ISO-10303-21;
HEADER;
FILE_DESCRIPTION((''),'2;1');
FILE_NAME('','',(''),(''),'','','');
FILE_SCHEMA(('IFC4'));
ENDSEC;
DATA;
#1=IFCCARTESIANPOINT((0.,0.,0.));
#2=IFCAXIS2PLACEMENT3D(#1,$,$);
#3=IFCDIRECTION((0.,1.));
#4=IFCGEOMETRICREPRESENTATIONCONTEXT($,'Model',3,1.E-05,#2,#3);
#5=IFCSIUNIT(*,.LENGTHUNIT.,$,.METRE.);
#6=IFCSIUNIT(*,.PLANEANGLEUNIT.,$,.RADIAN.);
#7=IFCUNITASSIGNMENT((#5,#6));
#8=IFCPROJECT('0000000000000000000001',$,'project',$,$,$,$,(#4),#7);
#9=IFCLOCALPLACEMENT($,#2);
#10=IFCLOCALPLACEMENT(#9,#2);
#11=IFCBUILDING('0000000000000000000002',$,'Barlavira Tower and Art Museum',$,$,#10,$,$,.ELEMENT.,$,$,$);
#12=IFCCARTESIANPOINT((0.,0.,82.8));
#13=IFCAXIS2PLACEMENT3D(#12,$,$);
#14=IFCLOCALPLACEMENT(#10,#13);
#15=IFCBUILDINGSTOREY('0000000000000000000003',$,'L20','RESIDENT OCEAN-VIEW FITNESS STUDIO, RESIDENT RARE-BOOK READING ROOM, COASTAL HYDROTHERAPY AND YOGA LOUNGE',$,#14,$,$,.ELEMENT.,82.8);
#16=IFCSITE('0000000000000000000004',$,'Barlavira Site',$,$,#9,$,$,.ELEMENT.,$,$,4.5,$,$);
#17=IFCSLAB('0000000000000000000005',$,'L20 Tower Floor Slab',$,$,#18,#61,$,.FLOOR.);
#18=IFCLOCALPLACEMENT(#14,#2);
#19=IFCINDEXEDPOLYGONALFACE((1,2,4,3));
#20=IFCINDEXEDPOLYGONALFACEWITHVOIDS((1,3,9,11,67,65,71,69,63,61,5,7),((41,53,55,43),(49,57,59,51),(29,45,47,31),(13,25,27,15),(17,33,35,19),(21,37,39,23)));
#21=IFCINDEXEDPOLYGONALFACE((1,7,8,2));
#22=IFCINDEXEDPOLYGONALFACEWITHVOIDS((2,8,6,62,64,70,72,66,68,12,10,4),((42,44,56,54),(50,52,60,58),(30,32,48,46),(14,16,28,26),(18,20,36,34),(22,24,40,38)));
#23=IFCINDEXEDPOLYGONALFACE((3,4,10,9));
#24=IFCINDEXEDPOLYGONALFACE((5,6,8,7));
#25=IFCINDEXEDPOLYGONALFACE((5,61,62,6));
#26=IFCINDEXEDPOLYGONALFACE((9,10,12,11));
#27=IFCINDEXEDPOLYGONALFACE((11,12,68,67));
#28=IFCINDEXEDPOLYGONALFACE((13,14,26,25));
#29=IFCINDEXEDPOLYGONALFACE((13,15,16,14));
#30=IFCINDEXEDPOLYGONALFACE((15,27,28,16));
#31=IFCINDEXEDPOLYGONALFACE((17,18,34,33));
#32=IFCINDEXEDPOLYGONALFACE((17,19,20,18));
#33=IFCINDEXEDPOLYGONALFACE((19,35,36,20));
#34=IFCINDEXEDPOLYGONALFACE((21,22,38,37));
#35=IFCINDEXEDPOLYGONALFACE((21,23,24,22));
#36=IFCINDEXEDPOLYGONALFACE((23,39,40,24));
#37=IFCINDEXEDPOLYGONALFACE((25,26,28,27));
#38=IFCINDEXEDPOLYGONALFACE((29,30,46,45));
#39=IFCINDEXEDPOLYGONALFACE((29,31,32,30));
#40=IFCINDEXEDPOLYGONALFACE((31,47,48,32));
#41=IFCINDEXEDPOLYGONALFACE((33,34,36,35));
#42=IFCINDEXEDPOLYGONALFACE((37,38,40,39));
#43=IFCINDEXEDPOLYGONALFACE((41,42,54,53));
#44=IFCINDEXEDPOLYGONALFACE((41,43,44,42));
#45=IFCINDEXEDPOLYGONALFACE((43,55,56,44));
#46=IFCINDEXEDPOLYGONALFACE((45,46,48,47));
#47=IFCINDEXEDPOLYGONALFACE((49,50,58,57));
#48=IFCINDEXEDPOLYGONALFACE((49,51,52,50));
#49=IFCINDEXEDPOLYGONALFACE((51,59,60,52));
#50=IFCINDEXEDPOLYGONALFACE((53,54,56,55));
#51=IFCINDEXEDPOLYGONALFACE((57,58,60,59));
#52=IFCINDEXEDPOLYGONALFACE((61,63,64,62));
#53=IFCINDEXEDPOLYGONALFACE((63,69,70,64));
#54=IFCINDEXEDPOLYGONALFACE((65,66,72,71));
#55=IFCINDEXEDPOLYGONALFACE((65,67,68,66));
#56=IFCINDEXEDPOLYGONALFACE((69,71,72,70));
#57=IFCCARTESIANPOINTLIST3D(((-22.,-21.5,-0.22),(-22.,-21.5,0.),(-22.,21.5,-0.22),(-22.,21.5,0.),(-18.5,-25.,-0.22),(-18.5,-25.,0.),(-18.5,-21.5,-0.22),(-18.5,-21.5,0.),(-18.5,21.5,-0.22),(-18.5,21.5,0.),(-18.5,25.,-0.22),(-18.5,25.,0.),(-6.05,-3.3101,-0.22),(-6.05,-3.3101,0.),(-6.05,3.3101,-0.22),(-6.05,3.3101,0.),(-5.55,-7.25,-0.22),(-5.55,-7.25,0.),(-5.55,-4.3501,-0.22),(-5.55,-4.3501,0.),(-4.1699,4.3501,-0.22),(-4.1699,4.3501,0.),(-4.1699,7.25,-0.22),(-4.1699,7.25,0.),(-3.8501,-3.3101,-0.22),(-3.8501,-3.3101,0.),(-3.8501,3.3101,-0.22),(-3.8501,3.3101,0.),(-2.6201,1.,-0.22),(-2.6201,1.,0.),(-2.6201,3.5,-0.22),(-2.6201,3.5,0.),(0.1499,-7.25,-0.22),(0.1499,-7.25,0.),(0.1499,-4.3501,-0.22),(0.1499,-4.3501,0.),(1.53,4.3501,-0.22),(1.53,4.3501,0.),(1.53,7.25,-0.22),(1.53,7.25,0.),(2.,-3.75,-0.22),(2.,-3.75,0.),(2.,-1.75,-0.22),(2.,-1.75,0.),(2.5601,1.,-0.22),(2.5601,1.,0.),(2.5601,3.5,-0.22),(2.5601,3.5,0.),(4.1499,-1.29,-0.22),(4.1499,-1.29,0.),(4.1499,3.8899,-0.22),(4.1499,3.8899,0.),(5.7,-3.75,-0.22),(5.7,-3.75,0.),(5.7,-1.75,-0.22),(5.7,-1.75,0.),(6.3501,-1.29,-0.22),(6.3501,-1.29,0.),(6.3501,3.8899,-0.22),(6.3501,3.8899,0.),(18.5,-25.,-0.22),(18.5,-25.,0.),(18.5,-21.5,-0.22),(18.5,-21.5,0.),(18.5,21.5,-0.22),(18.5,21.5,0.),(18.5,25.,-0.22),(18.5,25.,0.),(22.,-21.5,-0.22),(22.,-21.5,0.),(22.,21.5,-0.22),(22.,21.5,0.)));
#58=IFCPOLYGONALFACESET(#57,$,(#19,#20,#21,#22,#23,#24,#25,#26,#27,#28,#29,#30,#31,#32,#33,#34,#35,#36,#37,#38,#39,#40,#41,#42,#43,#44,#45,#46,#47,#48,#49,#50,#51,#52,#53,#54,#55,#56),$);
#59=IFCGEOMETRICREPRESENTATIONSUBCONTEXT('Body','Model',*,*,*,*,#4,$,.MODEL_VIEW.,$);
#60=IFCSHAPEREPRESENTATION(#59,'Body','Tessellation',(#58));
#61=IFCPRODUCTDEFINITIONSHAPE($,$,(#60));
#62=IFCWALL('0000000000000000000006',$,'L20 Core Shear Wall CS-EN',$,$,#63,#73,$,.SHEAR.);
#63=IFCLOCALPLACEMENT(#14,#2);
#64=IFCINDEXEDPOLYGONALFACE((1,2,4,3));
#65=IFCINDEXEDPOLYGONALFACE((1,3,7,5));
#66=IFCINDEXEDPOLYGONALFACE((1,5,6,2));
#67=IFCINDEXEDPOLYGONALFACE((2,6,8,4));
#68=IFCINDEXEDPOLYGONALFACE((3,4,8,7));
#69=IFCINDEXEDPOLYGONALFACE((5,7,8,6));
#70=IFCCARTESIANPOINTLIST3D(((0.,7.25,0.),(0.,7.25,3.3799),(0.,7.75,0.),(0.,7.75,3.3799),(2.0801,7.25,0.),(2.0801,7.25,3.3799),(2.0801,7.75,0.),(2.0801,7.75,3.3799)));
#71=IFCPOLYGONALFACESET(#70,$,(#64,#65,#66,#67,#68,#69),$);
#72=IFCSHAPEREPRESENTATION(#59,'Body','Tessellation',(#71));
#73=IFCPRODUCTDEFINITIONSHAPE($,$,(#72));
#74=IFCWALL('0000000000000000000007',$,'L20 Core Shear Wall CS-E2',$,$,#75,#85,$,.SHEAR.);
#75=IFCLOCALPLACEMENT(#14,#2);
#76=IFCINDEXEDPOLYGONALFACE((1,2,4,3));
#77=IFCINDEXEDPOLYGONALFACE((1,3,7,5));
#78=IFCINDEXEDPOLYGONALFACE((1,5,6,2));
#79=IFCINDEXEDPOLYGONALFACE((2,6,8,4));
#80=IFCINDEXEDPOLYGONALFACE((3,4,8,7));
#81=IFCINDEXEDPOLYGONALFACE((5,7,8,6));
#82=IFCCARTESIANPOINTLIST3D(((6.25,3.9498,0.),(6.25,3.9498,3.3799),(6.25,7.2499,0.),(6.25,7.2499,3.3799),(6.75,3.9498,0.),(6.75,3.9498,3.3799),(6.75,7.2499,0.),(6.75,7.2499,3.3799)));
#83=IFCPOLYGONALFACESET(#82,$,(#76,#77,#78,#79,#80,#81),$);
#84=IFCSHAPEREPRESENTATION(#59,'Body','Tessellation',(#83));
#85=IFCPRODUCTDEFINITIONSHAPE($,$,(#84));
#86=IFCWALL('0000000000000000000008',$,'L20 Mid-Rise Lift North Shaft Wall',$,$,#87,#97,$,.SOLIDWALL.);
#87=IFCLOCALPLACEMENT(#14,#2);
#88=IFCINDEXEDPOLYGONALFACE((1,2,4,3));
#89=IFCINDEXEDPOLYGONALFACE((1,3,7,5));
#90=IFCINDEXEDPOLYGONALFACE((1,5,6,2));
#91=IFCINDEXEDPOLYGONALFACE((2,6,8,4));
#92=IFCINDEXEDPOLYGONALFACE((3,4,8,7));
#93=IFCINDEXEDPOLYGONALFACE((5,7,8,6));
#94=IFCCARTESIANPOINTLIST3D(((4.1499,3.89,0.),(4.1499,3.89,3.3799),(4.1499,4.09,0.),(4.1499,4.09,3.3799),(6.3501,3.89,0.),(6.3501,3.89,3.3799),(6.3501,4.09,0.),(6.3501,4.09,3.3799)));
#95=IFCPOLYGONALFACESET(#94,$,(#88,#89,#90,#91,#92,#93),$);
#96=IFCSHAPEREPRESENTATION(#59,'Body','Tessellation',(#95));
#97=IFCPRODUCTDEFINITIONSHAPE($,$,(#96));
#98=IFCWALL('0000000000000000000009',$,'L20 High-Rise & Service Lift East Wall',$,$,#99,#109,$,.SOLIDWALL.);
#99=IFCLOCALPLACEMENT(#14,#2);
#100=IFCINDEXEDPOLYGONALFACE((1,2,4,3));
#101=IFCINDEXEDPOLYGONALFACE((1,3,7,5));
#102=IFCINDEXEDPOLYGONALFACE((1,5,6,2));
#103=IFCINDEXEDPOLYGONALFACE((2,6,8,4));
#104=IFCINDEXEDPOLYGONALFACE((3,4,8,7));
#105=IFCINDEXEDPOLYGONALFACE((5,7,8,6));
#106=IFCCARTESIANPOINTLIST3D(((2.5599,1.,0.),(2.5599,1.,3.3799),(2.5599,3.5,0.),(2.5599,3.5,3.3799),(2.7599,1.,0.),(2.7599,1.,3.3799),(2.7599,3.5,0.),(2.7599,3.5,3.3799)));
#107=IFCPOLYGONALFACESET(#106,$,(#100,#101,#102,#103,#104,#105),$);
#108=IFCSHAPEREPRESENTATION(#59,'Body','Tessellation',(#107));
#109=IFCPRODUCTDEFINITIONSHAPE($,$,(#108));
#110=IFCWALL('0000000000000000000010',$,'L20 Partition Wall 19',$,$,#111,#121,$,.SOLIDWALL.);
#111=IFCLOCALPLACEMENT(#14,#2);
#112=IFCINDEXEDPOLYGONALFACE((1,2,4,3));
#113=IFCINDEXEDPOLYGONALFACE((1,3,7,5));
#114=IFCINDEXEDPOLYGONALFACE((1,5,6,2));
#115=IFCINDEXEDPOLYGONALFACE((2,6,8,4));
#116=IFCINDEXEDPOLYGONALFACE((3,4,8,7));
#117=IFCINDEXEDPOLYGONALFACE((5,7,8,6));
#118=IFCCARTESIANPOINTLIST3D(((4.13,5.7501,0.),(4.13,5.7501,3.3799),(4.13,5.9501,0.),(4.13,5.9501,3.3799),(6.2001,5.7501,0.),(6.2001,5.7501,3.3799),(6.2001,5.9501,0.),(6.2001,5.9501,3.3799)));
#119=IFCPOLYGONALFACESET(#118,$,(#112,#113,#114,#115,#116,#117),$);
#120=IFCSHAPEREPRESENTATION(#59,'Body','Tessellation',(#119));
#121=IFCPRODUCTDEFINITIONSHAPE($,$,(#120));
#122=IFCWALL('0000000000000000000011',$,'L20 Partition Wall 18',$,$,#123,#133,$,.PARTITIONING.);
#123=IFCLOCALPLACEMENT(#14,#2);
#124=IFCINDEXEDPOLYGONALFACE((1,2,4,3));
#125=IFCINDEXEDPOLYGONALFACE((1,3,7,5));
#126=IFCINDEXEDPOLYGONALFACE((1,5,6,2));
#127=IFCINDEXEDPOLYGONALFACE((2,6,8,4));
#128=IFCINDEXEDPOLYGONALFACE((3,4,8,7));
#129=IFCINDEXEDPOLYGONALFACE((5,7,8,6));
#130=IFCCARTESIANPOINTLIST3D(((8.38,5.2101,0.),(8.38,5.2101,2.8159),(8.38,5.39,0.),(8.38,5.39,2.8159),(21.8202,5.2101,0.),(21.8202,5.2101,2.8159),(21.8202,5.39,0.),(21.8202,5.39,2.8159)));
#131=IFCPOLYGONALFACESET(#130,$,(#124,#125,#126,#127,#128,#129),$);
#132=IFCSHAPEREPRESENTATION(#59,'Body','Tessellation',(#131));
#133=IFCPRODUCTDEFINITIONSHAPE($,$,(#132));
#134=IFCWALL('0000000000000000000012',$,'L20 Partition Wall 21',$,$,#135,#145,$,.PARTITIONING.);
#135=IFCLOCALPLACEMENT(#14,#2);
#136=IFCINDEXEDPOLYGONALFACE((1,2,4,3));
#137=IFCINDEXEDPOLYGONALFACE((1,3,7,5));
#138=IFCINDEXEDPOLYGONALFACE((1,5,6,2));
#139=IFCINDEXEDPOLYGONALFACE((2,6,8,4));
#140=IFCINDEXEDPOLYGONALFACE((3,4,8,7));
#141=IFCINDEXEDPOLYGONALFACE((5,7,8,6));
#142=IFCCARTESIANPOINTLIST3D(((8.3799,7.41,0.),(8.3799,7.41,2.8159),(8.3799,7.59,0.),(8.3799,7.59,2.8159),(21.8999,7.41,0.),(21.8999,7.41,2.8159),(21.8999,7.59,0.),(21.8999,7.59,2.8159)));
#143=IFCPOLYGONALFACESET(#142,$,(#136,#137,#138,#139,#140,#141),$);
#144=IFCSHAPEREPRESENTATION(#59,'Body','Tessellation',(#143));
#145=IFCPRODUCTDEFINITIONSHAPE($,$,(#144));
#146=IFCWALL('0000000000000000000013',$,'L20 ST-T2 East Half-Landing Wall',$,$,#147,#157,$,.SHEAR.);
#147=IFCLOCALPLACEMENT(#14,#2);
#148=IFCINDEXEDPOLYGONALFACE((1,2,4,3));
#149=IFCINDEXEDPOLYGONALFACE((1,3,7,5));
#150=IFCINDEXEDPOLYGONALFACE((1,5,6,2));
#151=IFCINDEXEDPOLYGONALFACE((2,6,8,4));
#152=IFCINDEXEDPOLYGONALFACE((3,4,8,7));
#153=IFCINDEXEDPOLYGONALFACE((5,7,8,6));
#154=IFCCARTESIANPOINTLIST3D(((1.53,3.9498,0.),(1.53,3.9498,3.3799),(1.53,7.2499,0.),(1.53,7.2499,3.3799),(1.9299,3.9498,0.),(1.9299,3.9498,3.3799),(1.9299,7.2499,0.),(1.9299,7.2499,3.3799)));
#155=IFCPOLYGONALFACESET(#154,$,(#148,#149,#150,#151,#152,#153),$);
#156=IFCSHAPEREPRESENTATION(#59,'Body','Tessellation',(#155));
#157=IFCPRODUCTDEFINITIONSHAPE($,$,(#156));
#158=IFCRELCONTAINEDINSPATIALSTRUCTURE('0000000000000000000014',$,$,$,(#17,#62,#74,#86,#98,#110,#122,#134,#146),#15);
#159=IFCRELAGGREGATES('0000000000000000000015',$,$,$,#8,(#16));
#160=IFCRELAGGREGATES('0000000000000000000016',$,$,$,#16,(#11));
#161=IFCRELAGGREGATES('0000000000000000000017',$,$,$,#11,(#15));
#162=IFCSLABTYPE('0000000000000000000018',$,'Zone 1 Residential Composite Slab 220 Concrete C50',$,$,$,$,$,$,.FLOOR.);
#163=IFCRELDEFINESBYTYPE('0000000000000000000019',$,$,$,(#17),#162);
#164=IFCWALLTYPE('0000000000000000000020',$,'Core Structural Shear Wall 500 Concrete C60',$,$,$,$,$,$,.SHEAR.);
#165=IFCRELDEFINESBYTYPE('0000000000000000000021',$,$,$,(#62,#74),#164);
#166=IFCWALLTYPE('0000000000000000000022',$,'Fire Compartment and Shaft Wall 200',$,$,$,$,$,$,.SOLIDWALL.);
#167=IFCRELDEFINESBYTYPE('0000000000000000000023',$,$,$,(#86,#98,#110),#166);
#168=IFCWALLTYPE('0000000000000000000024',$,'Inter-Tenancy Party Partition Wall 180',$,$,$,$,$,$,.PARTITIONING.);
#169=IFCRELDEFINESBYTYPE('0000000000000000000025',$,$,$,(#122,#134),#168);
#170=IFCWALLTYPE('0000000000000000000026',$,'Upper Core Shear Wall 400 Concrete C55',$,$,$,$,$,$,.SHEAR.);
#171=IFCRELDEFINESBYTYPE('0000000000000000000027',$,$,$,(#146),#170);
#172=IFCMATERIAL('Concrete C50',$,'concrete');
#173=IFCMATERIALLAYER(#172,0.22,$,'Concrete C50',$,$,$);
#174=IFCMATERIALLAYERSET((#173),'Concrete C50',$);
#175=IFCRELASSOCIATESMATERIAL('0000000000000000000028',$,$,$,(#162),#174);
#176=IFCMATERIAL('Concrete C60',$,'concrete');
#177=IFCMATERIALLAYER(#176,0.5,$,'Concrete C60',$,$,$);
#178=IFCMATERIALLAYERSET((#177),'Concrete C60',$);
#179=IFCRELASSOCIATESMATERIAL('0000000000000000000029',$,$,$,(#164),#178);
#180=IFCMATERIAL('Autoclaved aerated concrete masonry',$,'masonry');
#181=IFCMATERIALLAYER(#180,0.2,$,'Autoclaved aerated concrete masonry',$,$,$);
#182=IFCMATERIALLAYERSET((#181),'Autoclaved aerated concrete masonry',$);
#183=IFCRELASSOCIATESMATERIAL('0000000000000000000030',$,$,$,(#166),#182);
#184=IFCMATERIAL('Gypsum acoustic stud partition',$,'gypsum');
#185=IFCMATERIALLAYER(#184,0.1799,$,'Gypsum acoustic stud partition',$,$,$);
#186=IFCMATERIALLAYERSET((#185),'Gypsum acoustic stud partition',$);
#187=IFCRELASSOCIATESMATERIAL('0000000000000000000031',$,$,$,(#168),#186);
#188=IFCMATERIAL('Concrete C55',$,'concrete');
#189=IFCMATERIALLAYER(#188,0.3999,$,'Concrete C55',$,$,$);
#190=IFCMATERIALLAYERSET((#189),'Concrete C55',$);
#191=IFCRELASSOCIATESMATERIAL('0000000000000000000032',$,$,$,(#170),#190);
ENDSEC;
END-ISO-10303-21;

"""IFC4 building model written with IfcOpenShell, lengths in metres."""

from ifc_helpers import new_model, si_unit, direction, frame, frame_2d, origin, place, context, subcontext, project, spatial, polyline, rectangle, outline, extrude, material, layer, layer_set, type_object, element, save


model = new_model("IFC4")

# Units and contexts
model_context = context("Model", 3, precision=1e-05, world=origin(), true_north=direction((0.0, 1.0)))
body_context = subcontext(model_context, "Body", "Model", "MODEL_VIEW")
ifc_project = project(units=[si_unit("LENGTHUNIT", "METRE"), si_unit("PLANEANGLEUNIT", "RADIAN")], contexts=[model_context])

# Site, building, storey
site_placement = place(None, origin())
site = spatial("IfcSite", under=ifc_project, at=site_placement, Name="Barlavira Site", CompositionType="ELEMENT", RefElevation=4.5)
building_placement = place(site_placement, origin())
building = spatial("IfcBuilding", under=site, at=building_placement, Name="Barlavira Tower and Art Museum", CompositionType="ELEMENT")
storey_placement = place(building_placement, frame((0.0, 0.0, 82.8)))
storey = spatial("IfcBuildingStorey", under=building, at=storey_placement, Name="L20", Description="RESIDENT OCEAN-VIEW FITNESS STUDIO, RESIDENT RARE-BOOK READING ROOM, COASTAL HYDROTHERAPY AND YOGA LOUNGE", CompositionType="ELEMENT", Elevation=82.8)

# Slab
ifc_material_1 = material(Name="Concrete C50", Category="concrete")
ifc_layer_1 = layer(ifc_material_1, 0.22, Name="Concrete C50")
ifc_layer_set_1 = layer_set([ifc_layer_1], Name="Concrete C50")
slab_type_1 = type_object("IfcSlabType", Name="Zone 1 Residential Composite Slab 220 Concrete C50", PredefinedType="FLOOR", material=ifc_layer_set_1)
slab_1_placement = place(storey_placement, frame((0.0, 0.0, -0.22)))
element("IfcSlab", 1, at=slab_1_placement, inside=storey, type_object=slab_type_1, Name="L20 Tower Floor Slab", PredefinedType="FLOOR", context=body_context, shape_type="SweptSolid", body=[
    extrude(outline(polyline([(-18.5, -25.0), (18.5, -25.0), (18.5, -21.5), (22.0, -21.5), (22.0, 21.5), (18.5, 21.5), (18.5, 25.0), (-18.5, 25.0), (-18.5, 21.5), (-22.0, 21.5), (-22.0, -21.5), (-18.5, -21.5), (-18.5, -25.0)]), holes=[polyline([(0.1499, -4.3501), (-5.55, -4.3501), (-5.55, -7.25), (0.1499, -7.25), (0.1499, -4.3501)]), polyline([(-4.1699, 4.3501), (1.53, 4.3501), (1.53, 7.25), (-4.1699, 7.25), (-4.1699, 4.3501)]), polyline([(-6.05, -3.3101), (-3.8501, -3.3101), (-3.8501, 3.3101), (-6.05, 3.3101), (-6.05, -3.3101)]), polyline([(4.1499, -1.29), (6.3501, -1.29), (6.3501, 3.8899), (4.1499, 3.8899), (4.1499, -1.29)]), polyline([(-2.6201, 1.0), (2.5601, 1.0), (2.5601, 3.5), (-2.6201, 3.5), (-2.6201, 1.0)]), polyline([(2.0, -3.75), (5.7, -3.75), (5.7, -1.75), (2.0, -1.75), (2.0, -3.75)])]), origin(), (0.0, 0.0, 1.0), 0.22),
])

# Walls
ifc_material_2 = material(Name="Concrete C60", Category="concrete")
ifc_layer_2 = layer(ifc_material_2, 0.5, Name="Concrete C60")
ifc_layer_set_2 = layer_set([ifc_layer_2], Name="Concrete C60")
wall_type_1 = type_object("IfcWallType", Name="Core Structural Shear Wall 500 Concrete C60", PredefinedType="SHEAR", material=ifc_layer_set_2)
wall_1_placement = place(storey_placement, frame((0.0, 7.5, 0.0), z_axis=(0.0, 0.0, 1.0), x_axis=(1.0, 0.0, 0.0)))
element("IfcWall", 2, at=wall_1_placement, inside=storey, type_object=wall_type_1, Name="L20 Core Shear Wall CS-EN", PredefinedType="SHEAR", context=body_context, shape_type="SweptSolid", body=[
    extrude(rectangle(XDim=2.0801, YDim=0.5, at=frame_2d((1.04, 0.0))), origin(), (0.0, 0.0, 1.0), 3.3799),
])
wall_2_placement = place(storey_placement, frame((6.5, 3.95, 0.0), z_axis=(0.0, 0.0, 1.0), x_axis=(0.0, 1.0, 0.0)))
element("IfcWall", 3, at=wall_2_placement, inside=storey, type_object=wall_type_1, Name="L20 Core Shear Wall CS-E2", PredefinedType="SHEAR", context=body_context, shape_type="SweptSolid", body=[
    extrude(rectangle(XDim=3.3, YDim=0.5, at=frame_2d((1.6499, 0.0))), origin(), (0.0, 0.0, 1.0), 3.3799),
])
ifc_material_3 = material(Name="Autoclaved aerated concrete masonry", Category="masonry")
ifc_layer_3 = layer(ifc_material_3, 0.2, Name="Autoclaved aerated concrete masonry")
ifc_layer_set_3 = layer_set([ifc_layer_3], Name="Autoclaved aerated concrete masonry")
wall_type_2 = type_object("IfcWallType", Name="Fire Compartment and Shaft Wall 200", PredefinedType="SOLIDWALL", material=ifc_layer_set_3)
wall_3_placement = place(storey_placement, frame((4.1499, 3.99, 0.0), z_axis=(0.0, 0.0, 1.0), x_axis=(1.0, 0.0, 0.0)))
element("IfcWall", 4, at=wall_3_placement, inside=storey, type_object=wall_type_2, Name="L20 Mid-Rise Lift North Shaft Wall", PredefinedType="SOLIDWALL", context=body_context, shape_type="SweptSolid", body=[
    extrude(rectangle(XDim=2.2002, YDim=0.2, at=frame_2d((1.1001, 0.0))), origin(), (0.0, 0.0, 1.0), 3.3799),
])
wall_4_placement = place(storey_placement, frame((2.6599, 1.0, 0.0), z_axis=(0.0, 0.0, 1.0), x_axis=(0.0, 1.0, 0.0)))
element("IfcWall", 5, at=wall_4_placement, inside=storey, type_object=wall_type_2, Name="L20 High-Rise & Service Lift East Wall", PredefinedType="SOLIDWALL", context=body_context, shape_type="SweptSolid", body=[
    extrude(rectangle(XDim=2.5, YDim=0.2, at=frame_2d((1.25, 0.0))), origin(), (0.0, 0.0, 1.0), 3.3799),
])

# Walls
wall_5_placement = place(storey_placement, frame((4.1299, 5.8501, 0.0), z_axis=(0.0, 0.0, 1.0), x_axis=(1.0, 0.0, 0.0)))
element("IfcWall", 6, at=wall_5_placement, inside=storey, type_object=wall_type_2, Name="L20 Partition Wall 19", PredefinedType="SOLIDWALL", context=body_context, shape_type="SweptSolid", body=[
    extrude(rectangle(XDim=2.0701, YDim=0.2, at=frame_2d((1.0352, 0.0))), origin(), (0.0, 0.0, 1.0), 3.3799),
])
ifc_material_4 = material(Name="Gypsum acoustic stud partition", Category="gypsum")
ifc_layer_4 = layer(ifc_material_4, 0.1799, Name="Gypsum acoustic stud partition")
ifc_layer_set_4 = layer_set([ifc_layer_4], Name="Gypsum acoustic stud partition")
wall_type_3 = type_object("IfcWallType", Name="Inter-Tenancy Party Partition Wall 180", PredefinedType="PARTITIONING", material=ifc_layer_set_4)
wall_6_placement = place(storey_placement, frame((8.3799, 5.3, 0.0), z_axis=(0.0, 0.0, 1.0), x_axis=(1.0, 0.0, 0.0)))
element("IfcWall", 7, at=wall_6_placement, inside=storey, type_object=wall_type_3, Name="L20 Partition Wall 18", PredefinedType="PARTITIONING", context=body_context, shape_type="SweptSolid", body=[
    extrude(rectangle(XDim=13.4402, YDim=0.1799, at=frame_2d((6.7202, 0.0))), origin(), (0.0, 0.0, 1.0), 2.8159),
])
wall_7_placement = place(storey_placement, frame((8.3799, 7.5, 0.0), z_axis=(0.0, 0.0, 1.0), x_axis=(1.0, 0.0, 0.0)))
element("IfcWall", 8, at=wall_7_placement, inside=storey, type_object=wall_type_3, Name="L20 Partition Wall 21", PredefinedType="PARTITIONING", context=body_context, shape_type="SweptSolid", body=[
    extrude(rectangle(XDim=13.52, YDim=0.1799, at=frame_2d((6.76, 0.0))), origin(), (0.0, 0.0, 1.0), 2.8159),
])
ifc_material_5 = material(Name="Concrete C55", Category="concrete")
ifc_layer_5 = layer(ifc_material_5, 0.3999, Name="Concrete C55")
ifc_layer_set_5 = layer_set([ifc_layer_5], Name="Concrete C55")
wall_type_4 = type_object("IfcWallType", Name="Upper Core Shear Wall 400 Concrete C55", PredefinedType="SHEAR", material=ifc_layer_set_5)
wall_8_placement = place(storey_placement, frame((1.73, 3.95, 0.0), z_axis=(0.0, 0.0, 1.0), x_axis=(0.0, 1.0, 0.0)))
element("IfcWall", 9, at=wall_8_placement, inside=storey, type_object=wall_type_4, Name="L20 ST-T2 East Half-Landing Wall", PredefinedType="SHEAR", context=body_context, shape_type="SweptSolid", body=[
    extrude(rectangle(XDim=3.3, YDim=0.3999, at=frame_2d((1.6499, 0.0))), origin(), (0.0, 0.0, 1.0), 3.3799),
])

save(model, "model.ifc")
